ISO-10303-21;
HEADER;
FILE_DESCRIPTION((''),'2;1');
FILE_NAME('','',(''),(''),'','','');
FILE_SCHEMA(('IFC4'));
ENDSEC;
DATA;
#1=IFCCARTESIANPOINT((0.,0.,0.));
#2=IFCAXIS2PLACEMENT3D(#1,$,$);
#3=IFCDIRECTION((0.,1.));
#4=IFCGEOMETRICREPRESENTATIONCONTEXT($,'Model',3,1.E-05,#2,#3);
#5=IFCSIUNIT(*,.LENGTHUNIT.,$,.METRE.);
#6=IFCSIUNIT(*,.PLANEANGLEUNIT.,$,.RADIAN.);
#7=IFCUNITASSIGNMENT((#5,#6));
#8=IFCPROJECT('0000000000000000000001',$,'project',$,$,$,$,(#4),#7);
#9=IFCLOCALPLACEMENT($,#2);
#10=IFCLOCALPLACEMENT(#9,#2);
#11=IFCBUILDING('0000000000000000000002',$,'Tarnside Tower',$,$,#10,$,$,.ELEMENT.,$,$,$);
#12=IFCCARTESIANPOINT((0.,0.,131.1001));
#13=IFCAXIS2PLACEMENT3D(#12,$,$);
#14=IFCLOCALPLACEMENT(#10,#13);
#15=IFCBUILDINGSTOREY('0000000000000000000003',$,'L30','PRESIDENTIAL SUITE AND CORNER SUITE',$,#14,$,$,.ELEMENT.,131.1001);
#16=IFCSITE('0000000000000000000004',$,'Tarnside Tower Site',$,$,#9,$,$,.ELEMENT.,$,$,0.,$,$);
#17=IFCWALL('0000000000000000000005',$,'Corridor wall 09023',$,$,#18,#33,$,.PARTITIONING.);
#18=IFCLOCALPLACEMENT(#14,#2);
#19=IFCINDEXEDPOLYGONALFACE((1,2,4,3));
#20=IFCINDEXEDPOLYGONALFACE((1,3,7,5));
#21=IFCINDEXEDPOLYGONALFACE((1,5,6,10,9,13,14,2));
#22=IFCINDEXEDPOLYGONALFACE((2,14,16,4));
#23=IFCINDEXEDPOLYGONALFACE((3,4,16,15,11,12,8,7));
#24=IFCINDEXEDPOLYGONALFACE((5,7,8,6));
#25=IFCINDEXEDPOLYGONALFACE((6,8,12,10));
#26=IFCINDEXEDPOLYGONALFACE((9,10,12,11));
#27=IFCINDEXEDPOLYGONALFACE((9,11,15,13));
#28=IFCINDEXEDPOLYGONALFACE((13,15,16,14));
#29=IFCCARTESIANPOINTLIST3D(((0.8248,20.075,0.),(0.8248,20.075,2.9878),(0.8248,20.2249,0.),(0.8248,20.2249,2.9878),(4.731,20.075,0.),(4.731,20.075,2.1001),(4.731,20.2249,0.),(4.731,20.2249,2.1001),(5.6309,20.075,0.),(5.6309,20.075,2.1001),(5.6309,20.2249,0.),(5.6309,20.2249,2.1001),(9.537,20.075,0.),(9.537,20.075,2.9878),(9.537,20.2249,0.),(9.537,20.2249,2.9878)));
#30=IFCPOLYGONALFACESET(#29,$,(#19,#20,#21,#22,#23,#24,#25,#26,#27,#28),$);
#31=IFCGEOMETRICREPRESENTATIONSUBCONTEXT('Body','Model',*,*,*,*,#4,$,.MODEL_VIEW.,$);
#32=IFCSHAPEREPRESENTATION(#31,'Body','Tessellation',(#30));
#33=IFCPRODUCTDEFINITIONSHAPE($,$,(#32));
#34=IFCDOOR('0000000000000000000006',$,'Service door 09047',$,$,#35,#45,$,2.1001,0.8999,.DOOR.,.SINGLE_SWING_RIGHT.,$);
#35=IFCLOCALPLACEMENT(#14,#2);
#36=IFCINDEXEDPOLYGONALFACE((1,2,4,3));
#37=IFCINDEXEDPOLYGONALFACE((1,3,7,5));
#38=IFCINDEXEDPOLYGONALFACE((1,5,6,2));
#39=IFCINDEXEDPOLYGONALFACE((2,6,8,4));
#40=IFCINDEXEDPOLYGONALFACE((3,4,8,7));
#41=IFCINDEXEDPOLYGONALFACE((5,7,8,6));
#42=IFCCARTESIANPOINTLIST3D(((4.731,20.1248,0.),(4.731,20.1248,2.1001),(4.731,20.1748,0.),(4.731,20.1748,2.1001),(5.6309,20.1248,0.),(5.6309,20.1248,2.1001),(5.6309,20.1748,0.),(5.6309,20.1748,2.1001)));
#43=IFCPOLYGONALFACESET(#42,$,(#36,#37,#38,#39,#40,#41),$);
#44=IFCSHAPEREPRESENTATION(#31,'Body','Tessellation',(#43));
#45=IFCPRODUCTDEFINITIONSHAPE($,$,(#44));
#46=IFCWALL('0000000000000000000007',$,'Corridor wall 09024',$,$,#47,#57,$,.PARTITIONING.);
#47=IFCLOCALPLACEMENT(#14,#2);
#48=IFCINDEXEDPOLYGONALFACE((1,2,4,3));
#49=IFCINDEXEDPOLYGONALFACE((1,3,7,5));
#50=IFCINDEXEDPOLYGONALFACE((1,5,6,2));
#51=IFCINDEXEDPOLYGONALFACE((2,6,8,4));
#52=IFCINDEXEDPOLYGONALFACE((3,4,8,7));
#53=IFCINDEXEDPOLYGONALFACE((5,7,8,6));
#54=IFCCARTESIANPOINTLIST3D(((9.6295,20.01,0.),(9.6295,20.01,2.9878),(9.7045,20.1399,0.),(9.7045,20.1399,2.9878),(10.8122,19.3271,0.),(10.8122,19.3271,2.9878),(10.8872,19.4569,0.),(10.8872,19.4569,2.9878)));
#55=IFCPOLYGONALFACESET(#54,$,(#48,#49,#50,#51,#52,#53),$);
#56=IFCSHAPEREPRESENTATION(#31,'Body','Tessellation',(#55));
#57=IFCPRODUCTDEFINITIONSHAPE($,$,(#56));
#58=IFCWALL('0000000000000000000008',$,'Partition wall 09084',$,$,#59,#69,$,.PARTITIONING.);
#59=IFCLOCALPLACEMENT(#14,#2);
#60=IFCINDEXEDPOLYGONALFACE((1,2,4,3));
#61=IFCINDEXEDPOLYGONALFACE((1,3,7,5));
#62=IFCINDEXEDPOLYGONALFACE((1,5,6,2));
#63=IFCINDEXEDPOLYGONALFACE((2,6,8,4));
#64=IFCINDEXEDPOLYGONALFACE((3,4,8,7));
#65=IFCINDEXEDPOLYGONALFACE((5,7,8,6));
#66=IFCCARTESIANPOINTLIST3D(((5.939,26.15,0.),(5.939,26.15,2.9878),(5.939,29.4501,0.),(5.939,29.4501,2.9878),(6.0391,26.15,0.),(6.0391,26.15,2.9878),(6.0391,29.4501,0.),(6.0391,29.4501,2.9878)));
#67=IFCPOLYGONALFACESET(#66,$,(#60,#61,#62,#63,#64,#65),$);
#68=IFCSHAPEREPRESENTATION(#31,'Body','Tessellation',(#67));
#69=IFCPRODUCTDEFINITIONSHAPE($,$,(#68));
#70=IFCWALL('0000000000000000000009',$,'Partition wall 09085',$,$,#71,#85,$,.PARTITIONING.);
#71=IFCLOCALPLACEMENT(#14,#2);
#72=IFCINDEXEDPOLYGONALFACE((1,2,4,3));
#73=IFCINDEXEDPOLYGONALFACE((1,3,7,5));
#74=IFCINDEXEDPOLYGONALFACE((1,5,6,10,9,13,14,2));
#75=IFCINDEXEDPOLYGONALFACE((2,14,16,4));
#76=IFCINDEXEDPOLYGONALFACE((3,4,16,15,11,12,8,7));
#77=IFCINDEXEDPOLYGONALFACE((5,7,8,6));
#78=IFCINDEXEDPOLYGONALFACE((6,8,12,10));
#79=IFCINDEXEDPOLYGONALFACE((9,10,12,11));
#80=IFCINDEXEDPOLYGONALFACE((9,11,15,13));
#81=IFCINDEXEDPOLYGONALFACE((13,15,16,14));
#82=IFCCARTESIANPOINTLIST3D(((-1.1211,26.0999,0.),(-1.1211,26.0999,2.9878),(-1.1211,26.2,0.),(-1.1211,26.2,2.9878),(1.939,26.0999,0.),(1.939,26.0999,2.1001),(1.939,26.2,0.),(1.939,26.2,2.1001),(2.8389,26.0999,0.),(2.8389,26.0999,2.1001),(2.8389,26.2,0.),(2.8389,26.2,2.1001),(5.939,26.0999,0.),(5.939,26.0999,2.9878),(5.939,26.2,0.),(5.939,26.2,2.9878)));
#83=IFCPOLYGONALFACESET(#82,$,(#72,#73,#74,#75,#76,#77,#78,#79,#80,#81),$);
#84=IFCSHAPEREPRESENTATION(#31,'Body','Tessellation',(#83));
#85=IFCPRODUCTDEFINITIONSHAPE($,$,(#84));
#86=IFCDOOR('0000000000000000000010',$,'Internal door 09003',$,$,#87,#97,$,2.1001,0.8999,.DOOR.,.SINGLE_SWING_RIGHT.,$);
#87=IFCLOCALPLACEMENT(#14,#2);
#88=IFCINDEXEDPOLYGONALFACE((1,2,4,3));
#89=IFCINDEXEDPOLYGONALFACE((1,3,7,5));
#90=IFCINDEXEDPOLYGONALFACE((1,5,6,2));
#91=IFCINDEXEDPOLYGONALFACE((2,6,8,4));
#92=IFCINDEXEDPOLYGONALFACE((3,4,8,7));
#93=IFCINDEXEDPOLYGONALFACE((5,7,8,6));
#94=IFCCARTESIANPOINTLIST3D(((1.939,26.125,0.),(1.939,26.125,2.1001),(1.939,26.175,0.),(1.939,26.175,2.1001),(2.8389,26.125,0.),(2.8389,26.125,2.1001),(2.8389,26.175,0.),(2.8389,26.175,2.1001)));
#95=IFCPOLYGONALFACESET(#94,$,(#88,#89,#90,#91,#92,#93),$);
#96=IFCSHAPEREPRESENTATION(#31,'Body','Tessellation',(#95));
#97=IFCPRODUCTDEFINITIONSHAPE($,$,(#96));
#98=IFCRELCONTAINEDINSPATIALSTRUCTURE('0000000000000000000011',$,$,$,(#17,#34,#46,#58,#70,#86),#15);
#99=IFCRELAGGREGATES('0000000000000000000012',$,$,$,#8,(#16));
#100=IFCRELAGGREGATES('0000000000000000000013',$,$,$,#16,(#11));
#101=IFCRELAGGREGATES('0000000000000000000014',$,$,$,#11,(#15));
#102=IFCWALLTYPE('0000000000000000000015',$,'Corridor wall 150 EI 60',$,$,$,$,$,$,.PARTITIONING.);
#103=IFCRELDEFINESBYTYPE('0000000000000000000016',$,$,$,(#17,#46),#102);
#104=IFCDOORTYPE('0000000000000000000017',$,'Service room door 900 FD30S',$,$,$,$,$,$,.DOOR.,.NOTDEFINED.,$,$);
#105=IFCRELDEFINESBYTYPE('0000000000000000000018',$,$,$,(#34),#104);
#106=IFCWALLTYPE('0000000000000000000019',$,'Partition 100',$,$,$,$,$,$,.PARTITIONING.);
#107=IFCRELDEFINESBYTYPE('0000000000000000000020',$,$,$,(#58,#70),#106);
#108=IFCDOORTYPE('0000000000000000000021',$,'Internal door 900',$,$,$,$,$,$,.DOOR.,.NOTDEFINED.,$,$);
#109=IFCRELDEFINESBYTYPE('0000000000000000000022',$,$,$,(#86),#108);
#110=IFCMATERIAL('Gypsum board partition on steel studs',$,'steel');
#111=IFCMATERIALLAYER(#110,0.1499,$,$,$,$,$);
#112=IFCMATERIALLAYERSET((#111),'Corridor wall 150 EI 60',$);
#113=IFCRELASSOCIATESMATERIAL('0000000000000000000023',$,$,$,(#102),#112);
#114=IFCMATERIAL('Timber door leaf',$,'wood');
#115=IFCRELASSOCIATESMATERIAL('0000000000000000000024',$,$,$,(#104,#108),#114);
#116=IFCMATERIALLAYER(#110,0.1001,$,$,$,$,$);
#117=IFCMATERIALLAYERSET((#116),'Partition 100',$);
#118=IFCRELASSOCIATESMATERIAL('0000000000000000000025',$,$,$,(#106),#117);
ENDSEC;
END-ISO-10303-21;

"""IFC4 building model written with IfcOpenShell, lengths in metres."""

from ifc_helpers import new_model, si_unit, direction, frame, frame_2d, origin, place, context, subcontext, project, spatial, rectangle, extrude, material, layer, layer_set, type_object, element, fill, save


model = new_model("IFC4")

# Units and contexts
model_context = context("Model", 3, precision=1e-05, world=origin(), true_north=direction((0.0, 1.0)))
body_context = subcontext(model_context, "Body", "Model", "MODEL_VIEW")
ifc_project = project(units=[si_unit("LENGTHUNIT", "METRE"), si_unit("PLANEANGLEUNIT", "RADIAN")], contexts=[model_context])

# Site, building, storey
site_placement = place(None, origin())
site = spatial("IfcSite", under=ifc_project, at=site_placement, Name="Tarnside Tower Site", CompositionType="ELEMENT", RefElevation=0.0)
building_placement = place(site_placement, origin())
building = spatial("IfcBuilding", under=site, at=building_placement, Name="Tarnside Tower", CompositionType="ELEMENT")
storey_placement = place(building_placement, frame((0.0, 0.0, 131.1001)))
storey = spatial("IfcBuildingStorey", under=building, at=storey_placement, Name="L30", Description="PRESIDENTIAL SUITE AND CORNER SUITE", CompositionType="ELEMENT", Elevation=131.1001)

# Shared definitions
ifc_material_1 = material(Name="Gypsum board partition on steel studs", Category="steel")
ifc_material_2 = material(Name="Timber door leaf", Category="wood")

# Wall, opening, door
ifc_layer_1 = layer(ifc_material_1, 0.1499)
ifc_layer_set_1 = layer_set([ifc_layer_1], Name="Corridor wall 150 EI 60")
wall_type_1 = type_object("IfcWallType", Name="Corridor wall 150 EI 60", PredefinedType="PARTITIONING", material=ifc_layer_set_1)
wall_1_placement = place(storey_placement, frame((0.825, 20.1499, 0.0), z_axis=(0.0, 0.0, 1.0), x_axis=(1.0, 0.0, 0.0)))
wall_1 = element("IfcWall", 1, at=wall_1_placement, inside=storey, type_object=wall_type_1, Name="Corridor wall 09023", PredefinedType="PARTITIONING", context=body_context, shape_type="SweptSolid", body=[
    extrude(rectangle(XDim=8.7122, YDim=0.1499, at=frame_2d((4.356, 0.0))), origin(), (0.0, 0.0, 1.0), 2.9878),
])
opening_1_placement = place(wall_1_placement, frame((3.906, 0.0, 0.0)))
opening_1 = element("IfcOpeningElement", 2, at=opening_1_placement, cuts=wall_1, PredefinedType="OPENING", context=body_context, shape_type="SweptSolid", body=[
    extrude(rectangle(XDim=0.8999, YDim=2.1001, at=frame_2d((0.45, 1.05))), frame((0.0, 0.085, 0.0), z_axis=(0.0, -1.0, 0.0), x_axis=(1.0, 0.0, 0.0)), (0.0, 0.0, 1.0), 0.1699),
])
door_type_1 = type_object("IfcDoorType", Name="Service room door 900 FD30S", OperationType="NOTDEFINED", PredefinedType="DOOR", material=ifc_material_2)
door_1_placement = place(opening_1_placement, origin())
door_1 = element("IfcDoor", 3, at=door_1_placement, inside=storey, type_object=door_type_1, Name="Service door 09047", OperationType="SINGLE_SWING_RIGHT", OverallHeight=2.1001, OverallWidth=0.8999, PredefinedType="DOOR", context=body_context, shape_type="SweptSolid", body=[
    extrude(rectangle(XDim=0.8999, YDim=2.1001, at=frame_2d((0.45, 1.05))), frame((0.0, 0.0249, 0.0), z_axis=(0.0, -1.0, 0.0), x_axis=(1.0, 0.0, 0.0)), (0.0, 0.0, 1.0), 0.05),
])
fill(opening_1, door_1)

# Walls
wall_2_placement = place(storey_placement, frame((9.667, 20.075, 0.0), z_axis=(0.0, 0.0, 1.0), x_axis=(0.866001, -0.500042, 0.0)))
element("IfcWall", 4, at=wall_2_placement, inside=storey, type_object=wall_type_1, Name="Corridor wall 09024", PredefinedType="PARTITIONING", context=body_context, shape_type="SweptSolid", body=[
    extrude(rectangle(XDim=1.3657, YDim=0.1499, at=frame_2d((0.6829, 0.0))), origin(), (0.0, 0.0, 1.0), 2.9878),
])
ifc_layer_2 = layer(ifc_material_1, 0.1001)
ifc_layer_set_2 = layer_set([ifc_layer_2], Name="Partition 100")
wall_type_2 = type_object("IfcWallType", Name="Partition 100", PredefinedType="PARTITIONING", material=ifc_layer_set_2)
wall_3_placement = place(storey_placement, frame((5.989, 29.45, 0.0), z_axis=(0.0, 0.0, 1.0), x_axis=(0.0, -1.0, 0.0)))
element("IfcWall", 5, at=wall_3_placement, inside=storey, type_object=wall_type_2, Name="Partition wall 09084", PredefinedType="PARTITIONING", context=body_context, shape_type="SweptSolid", body=[
    extrude(rectangle(XDim=3.3, YDim=0.1001, at=frame_2d((1.6499, 0.0))), origin(), (0.0, 0.0, 1.0), 2.9878),
])

# Wall, opening, door
wall_4_placement = place(storey_placement, frame((5.939, 26.1499, 0.0), z_axis=(0.0, 0.0, 1.0), x_axis=(-1.0, 0.0, 0.0)))
wall_4 = element("IfcWall", 6, at=wall_4_placement, inside=storey, type_object=wall_type_2, Name="Partition wall 09085", PredefinedType="PARTITIONING", context=body_context, shape_type="SweptSolid", body=[
    extrude(rectangle(XDim=7.0601, YDim=0.1001, at=frame_2d((3.53, 0.0))), origin(), (0.0, 0.0, 1.0), 2.9878),
])
opening_2_placement = place(wall_4_placement, frame((3.1001, 0.0, 0.0)))
opening_2 = element("IfcOpeningElement", 7, at=opening_2_placement, cuts=wall_4, PredefinedType="OPENING", context=body_context, shape_type="SweptSolid", body=[
    extrude(rectangle(XDim=0.8999, YDim=2.1001, at=frame_2d((0.45, 1.05))), frame((0.0, 0.0601, 0.0), z_axis=(0.0, -1.0, 0.0), x_axis=(1.0, 0.0, 0.0)), (0.0, 0.0, 1.0), 0.1201),
])
door_type_2 = type_object("IfcDoorType", Name="Internal door 900", OperationType="NOTDEFINED", PredefinedType="DOOR", material=ifc_material_2)
door_2_placement = place(opening_2_placement, origin())
door_2 = element("IfcDoor", 8, at=door_2_placement, inside=storey, type_object=door_type_2, Name="Internal door 09003", OperationType="SINGLE_SWING_RIGHT", OverallHeight=2.1001, OverallWidth=0.8999, PredefinedType="DOOR", context=body_context, shape_type="SweptSolid", body=[
    extrude(rectangle(XDim=0.8999, YDim=2.1001, at=frame_2d((0.45, 1.05))), frame((0.0, 0.0249, 0.0), z_axis=(0.0, -1.0, 0.0), x_axis=(1.0, 0.0, 0.0)), (0.0, 0.0, 1.0), 0.05),
])
fill(opening_2, door_2)

save(model, "model.ifc")
